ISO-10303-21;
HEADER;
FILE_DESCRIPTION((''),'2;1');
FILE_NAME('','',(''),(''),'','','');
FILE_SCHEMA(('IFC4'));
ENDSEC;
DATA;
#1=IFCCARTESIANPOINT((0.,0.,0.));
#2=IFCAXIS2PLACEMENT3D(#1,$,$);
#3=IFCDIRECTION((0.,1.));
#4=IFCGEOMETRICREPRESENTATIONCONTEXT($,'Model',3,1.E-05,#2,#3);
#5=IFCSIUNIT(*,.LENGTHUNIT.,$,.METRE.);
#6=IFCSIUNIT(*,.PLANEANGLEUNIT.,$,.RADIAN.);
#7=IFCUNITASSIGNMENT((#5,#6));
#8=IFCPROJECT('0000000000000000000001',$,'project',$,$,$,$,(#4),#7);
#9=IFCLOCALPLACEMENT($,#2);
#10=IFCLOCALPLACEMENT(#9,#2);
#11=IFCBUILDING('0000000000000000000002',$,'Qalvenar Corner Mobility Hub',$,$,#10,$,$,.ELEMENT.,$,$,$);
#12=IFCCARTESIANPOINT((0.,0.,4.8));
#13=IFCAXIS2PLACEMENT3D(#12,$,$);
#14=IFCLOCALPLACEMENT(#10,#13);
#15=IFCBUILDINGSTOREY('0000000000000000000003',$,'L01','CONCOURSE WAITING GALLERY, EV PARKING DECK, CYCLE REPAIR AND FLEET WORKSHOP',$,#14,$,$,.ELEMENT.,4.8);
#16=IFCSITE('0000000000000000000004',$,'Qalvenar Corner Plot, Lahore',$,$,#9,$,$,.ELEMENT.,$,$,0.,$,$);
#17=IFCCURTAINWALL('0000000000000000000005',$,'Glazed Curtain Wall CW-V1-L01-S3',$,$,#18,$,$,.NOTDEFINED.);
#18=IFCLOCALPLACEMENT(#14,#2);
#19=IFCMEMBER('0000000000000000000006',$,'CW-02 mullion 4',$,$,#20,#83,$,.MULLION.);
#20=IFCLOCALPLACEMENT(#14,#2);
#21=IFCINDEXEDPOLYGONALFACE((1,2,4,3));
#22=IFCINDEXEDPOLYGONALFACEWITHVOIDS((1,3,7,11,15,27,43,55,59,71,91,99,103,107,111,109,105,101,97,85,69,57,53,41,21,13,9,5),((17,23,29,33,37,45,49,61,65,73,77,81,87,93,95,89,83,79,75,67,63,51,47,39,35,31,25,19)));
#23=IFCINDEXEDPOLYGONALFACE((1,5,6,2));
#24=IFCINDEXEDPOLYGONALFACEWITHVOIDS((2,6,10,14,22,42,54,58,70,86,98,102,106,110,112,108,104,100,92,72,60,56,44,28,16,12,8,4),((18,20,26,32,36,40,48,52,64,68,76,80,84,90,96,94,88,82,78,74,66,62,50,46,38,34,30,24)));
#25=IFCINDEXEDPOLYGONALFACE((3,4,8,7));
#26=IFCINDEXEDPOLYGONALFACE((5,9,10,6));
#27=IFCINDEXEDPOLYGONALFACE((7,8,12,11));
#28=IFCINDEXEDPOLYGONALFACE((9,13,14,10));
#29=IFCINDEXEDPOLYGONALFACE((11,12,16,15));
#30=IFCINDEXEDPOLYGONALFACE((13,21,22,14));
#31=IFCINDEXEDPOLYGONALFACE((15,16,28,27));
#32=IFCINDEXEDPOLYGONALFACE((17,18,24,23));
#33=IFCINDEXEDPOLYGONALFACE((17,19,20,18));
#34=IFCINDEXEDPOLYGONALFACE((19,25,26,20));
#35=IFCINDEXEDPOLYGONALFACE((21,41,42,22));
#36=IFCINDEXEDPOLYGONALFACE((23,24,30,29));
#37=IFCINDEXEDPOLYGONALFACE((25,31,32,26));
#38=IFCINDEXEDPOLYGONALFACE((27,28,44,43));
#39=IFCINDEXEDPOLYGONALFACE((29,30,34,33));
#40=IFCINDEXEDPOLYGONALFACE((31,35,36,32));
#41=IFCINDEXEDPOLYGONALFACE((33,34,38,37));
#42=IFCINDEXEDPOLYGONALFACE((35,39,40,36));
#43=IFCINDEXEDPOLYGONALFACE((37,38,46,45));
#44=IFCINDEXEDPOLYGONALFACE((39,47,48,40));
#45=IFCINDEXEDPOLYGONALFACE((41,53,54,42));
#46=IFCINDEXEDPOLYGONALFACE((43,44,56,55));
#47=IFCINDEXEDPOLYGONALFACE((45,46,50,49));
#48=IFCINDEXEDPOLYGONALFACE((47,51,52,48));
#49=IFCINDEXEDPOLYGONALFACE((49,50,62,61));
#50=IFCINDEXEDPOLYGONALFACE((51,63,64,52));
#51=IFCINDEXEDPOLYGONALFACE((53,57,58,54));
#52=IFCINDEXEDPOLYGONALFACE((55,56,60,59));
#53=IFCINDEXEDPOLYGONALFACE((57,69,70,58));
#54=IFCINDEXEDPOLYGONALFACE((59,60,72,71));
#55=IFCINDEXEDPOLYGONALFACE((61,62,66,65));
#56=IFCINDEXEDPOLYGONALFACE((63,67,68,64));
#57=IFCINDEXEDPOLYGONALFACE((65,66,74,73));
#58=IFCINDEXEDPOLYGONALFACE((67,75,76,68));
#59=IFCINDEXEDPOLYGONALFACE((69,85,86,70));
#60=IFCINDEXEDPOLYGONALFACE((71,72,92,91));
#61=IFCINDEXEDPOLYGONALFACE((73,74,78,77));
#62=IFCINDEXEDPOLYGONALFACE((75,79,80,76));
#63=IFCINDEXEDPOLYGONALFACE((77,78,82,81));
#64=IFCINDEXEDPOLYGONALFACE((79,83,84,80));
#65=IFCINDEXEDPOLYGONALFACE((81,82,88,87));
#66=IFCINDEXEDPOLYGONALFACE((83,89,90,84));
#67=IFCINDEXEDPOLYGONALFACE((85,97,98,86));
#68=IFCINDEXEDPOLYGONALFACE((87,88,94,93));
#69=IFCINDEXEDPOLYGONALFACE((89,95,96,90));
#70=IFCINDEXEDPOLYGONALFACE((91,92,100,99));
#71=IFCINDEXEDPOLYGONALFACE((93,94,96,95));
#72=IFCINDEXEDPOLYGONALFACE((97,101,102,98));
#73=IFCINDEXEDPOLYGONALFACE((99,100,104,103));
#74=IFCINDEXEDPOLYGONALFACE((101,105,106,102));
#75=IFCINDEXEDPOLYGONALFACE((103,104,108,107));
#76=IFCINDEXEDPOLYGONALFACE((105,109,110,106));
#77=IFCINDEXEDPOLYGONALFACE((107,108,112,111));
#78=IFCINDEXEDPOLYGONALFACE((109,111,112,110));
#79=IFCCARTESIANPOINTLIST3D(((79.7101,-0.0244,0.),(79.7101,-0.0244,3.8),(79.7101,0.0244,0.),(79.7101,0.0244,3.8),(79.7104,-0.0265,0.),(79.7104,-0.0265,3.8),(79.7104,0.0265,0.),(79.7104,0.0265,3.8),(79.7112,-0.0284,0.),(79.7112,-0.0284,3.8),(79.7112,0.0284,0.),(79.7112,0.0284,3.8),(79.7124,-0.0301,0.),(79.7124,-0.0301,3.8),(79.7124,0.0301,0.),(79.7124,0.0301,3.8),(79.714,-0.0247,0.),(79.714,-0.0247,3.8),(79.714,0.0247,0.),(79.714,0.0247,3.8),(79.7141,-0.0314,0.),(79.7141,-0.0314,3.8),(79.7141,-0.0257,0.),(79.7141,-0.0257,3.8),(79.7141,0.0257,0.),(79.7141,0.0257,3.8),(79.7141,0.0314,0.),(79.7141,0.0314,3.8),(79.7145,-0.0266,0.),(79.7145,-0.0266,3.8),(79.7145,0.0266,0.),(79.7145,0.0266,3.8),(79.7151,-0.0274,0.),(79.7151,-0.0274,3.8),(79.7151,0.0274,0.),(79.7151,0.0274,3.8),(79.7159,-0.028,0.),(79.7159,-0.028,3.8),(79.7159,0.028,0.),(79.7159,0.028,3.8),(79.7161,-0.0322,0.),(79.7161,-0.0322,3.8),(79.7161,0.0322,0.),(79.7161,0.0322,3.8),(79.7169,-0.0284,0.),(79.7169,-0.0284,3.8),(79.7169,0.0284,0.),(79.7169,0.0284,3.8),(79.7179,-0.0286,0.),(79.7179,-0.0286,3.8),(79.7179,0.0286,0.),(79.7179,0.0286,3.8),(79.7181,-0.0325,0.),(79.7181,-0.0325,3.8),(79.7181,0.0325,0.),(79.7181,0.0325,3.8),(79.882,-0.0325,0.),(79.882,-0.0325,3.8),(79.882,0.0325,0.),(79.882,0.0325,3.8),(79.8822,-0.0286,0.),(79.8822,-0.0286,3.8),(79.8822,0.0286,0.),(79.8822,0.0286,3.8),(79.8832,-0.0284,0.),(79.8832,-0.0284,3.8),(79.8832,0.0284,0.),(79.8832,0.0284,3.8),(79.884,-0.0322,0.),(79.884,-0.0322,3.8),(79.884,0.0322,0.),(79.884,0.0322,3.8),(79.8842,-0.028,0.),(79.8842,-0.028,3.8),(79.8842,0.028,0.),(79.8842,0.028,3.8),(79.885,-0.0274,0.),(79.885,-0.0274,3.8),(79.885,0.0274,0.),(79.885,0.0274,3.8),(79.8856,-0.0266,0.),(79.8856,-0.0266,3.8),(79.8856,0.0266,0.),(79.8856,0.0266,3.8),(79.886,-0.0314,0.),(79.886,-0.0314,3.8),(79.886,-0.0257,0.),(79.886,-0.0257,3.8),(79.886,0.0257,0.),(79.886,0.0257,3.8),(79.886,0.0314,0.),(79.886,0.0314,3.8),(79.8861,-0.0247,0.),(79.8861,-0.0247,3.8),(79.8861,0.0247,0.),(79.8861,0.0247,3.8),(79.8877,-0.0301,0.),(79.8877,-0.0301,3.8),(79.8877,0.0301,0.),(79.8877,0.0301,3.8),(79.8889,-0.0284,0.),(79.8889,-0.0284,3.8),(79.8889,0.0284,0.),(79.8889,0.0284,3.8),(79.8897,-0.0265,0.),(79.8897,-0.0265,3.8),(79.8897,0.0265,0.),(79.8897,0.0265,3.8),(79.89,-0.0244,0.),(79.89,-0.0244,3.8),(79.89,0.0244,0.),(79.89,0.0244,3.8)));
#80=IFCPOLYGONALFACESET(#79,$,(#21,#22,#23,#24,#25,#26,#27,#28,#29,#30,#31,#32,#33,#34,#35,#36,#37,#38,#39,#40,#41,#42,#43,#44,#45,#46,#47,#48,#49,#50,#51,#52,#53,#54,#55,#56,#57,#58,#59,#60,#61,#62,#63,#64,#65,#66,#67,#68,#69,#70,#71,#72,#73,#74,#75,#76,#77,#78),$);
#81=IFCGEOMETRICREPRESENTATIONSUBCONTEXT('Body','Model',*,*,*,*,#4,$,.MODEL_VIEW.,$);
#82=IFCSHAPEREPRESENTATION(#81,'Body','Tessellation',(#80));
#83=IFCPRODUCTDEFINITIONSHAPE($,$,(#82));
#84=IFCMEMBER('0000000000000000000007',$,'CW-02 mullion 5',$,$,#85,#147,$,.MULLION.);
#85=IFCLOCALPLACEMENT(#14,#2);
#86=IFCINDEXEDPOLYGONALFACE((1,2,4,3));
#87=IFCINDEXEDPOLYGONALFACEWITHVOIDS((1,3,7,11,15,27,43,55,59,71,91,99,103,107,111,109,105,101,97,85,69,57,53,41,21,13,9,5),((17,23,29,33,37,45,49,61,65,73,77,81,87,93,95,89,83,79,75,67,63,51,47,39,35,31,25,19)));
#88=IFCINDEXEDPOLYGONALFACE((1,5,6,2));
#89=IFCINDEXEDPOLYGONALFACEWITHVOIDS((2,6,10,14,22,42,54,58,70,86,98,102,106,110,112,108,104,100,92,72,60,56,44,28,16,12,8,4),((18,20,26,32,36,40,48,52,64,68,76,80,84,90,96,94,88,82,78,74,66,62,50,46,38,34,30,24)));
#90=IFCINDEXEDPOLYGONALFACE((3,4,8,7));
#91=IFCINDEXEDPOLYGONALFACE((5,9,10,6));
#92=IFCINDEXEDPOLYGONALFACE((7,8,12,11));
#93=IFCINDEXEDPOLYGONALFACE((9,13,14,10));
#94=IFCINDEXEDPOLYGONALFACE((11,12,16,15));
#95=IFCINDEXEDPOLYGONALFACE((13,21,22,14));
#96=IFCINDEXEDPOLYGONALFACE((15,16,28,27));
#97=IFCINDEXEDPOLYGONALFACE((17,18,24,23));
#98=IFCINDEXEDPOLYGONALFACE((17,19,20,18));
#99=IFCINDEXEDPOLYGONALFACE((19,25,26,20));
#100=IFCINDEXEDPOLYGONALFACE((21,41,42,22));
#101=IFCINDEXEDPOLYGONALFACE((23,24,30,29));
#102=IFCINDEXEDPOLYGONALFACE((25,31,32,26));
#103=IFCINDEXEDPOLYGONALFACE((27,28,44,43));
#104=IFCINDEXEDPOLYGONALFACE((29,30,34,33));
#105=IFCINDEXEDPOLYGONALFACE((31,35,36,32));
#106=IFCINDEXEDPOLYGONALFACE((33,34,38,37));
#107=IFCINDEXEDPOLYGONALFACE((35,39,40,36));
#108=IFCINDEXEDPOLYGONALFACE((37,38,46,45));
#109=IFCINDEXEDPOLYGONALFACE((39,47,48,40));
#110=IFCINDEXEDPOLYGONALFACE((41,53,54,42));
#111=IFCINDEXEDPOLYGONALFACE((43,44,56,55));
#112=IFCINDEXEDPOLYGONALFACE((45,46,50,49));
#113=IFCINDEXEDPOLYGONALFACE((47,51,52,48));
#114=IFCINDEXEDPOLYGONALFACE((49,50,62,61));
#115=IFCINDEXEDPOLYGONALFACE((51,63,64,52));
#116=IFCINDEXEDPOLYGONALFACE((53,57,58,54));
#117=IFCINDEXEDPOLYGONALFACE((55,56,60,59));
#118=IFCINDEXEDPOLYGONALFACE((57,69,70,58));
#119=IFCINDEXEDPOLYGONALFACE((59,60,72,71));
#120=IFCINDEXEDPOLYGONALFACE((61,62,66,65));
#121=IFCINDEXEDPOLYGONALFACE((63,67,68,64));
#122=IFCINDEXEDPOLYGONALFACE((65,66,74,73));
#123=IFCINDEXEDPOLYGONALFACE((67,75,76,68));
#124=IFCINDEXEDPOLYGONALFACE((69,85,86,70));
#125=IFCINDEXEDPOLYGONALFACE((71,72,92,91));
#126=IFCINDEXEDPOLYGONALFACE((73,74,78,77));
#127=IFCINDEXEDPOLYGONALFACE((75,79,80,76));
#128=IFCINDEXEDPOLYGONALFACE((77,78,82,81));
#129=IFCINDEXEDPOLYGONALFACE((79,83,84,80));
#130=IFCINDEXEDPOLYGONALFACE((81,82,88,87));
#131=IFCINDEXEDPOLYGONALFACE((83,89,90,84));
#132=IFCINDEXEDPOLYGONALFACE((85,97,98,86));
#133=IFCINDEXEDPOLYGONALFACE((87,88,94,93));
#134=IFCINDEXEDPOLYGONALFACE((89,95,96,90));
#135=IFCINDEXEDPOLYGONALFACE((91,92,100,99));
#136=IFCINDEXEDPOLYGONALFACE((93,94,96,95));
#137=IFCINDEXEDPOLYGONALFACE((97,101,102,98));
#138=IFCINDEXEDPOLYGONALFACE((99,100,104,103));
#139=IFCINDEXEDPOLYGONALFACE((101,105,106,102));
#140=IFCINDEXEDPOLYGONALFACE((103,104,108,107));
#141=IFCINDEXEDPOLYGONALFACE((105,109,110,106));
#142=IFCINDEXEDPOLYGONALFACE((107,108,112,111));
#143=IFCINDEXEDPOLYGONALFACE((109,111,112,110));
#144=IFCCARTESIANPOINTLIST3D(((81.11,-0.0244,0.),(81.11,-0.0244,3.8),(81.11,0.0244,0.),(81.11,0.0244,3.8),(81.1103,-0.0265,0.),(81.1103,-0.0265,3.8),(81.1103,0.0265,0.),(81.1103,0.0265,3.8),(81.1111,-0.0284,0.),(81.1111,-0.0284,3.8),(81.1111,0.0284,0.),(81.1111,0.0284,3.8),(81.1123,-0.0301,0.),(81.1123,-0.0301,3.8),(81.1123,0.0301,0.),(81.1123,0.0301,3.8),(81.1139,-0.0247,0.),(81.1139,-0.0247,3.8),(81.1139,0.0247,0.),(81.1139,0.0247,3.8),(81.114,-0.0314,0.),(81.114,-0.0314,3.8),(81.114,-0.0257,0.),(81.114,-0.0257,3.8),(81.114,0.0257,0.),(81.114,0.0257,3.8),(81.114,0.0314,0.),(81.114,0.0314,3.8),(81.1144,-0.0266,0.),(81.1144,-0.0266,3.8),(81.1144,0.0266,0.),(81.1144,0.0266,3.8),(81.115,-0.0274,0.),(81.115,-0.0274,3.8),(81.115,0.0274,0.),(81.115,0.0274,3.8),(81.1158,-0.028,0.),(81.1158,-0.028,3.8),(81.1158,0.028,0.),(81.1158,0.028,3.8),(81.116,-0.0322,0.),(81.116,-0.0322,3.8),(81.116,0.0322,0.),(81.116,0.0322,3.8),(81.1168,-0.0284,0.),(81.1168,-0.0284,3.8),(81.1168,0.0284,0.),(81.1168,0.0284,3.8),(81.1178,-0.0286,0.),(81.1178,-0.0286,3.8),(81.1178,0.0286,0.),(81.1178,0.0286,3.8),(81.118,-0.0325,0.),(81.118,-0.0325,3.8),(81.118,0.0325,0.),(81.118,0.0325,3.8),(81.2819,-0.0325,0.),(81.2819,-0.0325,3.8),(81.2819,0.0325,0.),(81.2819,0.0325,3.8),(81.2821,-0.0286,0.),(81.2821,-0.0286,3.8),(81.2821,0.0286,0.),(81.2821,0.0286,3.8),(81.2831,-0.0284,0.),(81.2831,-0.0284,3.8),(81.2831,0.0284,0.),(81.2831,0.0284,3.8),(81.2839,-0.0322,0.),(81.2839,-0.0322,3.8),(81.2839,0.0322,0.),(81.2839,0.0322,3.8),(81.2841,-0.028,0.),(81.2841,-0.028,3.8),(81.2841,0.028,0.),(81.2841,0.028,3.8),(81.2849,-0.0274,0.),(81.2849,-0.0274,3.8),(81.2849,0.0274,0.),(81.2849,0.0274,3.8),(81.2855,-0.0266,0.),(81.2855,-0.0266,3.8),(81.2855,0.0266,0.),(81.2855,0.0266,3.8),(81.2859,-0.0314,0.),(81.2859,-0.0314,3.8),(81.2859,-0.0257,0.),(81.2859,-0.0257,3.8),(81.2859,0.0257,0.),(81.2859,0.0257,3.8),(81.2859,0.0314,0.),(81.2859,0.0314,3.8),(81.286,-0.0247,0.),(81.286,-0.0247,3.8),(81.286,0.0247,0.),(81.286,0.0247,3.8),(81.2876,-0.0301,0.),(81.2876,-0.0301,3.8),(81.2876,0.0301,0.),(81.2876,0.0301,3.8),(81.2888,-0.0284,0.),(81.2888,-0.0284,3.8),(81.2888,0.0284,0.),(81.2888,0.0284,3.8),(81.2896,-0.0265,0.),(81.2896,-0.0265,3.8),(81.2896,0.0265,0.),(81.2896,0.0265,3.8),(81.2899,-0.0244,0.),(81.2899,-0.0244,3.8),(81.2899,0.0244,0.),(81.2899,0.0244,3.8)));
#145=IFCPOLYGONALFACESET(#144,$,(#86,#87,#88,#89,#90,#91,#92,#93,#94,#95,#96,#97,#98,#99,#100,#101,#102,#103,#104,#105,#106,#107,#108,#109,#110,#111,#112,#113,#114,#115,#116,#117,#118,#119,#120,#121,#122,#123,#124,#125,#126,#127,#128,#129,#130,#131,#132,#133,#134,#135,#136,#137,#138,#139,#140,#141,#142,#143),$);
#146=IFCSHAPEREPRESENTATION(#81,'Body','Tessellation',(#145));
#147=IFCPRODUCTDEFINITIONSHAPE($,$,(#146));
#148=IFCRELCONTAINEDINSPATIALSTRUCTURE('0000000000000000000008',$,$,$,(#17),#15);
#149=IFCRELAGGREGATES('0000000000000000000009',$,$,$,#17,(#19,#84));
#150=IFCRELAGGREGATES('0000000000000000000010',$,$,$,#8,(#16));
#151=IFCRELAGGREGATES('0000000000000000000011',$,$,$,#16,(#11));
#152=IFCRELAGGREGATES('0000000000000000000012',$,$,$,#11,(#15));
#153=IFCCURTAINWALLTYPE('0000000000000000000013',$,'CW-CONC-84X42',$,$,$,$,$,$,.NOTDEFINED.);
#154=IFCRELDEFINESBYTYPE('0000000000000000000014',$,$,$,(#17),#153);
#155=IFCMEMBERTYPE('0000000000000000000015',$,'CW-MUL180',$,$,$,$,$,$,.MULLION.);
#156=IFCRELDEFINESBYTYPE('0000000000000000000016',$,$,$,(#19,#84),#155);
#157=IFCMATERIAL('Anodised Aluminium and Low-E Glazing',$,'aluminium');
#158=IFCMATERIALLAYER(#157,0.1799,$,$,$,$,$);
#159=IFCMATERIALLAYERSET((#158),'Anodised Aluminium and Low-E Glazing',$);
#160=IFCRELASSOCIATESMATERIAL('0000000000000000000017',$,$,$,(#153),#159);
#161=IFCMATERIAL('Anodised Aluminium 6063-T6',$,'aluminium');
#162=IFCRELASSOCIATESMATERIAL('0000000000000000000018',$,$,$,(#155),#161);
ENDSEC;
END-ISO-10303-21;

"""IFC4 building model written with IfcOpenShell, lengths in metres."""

from ifc_helpers import new_model, si_unit, direction, frame, origin, origin_2d, place, context, subcontext, project, spatial, hollow_rectangle, extrude, material, layer, layer_set, material_profile, profile_set, type_object, element, aggregate, save


model = new_model("IFC4")

# Units and contexts
model_context = context("Model", 3, precision=1e-05, world=origin(), true_north=direction((0.0, 1.0)))
body_context = subcontext(model_context, "Body", "Model", "MODEL_VIEW")
ifc_project = project(units=[si_unit("LENGTHUNIT", "METRE"), si_unit("PLANEANGLEUNIT", "RADIAN")], contexts=[model_context])

# Site, building, storey
site_placement = place(None, origin())
site = spatial("IfcSite", under=ifc_project, at=site_placement, Name="Qalvenar Corner Plot, Lahore", CompositionType="ELEMENT", RefElevation=0.0)
building_placement = place(site_placement, origin())
building = spatial("IfcBuilding", under=site, at=building_placement, Name="Qalvenar Corner Mobility Hub", CompositionType="ELEMENT")
storey_placement = place(building_placement, frame((0.0, 0.0, 4.8)))
storey = spatial("IfcBuildingStorey", under=building, at=storey_placement, Name="L01", Description="CONCOURSE WAITING GALLERY, EV PARKING DECK, CYCLE REPAIR AND FLEET WORKSHOP", CompositionType="ELEMENT", Elevation=4.8)

# Curtain wall, members
ifc_material_1 = material(Name="Anodised Aluminium and Low-E Glazing", Category="aluminium")
ifc_layer_1 = layer(ifc_material_1, 0.1799)
ifc_layer_set_1 = layer_set([ifc_layer_1], Name="Anodised Aluminium and Low-E Glazing")
curtain_wall_type = type_object("IfcCurtainWallType", Name="CW-CONC-84X42", PredefinedType="NOTDEFINED", material=ifc_layer_set_1)
curtain_wall_placement = place(storey_placement, origin())
curtain_wall = element("IfcCurtainWall", 1, at=curtain_wall_placement, inside=storey, type_object=curtain_wall_type, Name="Glazed Curtain Wall CW-V1-L01-S3", PredefinedType="NOTDEFINED")
ifc_material_2 = material(Name="Anodised Aluminium 6063-T6", Category="aluminium")
ifc_material_profile_1 = material_profile(ifc_material_2, hollow_rectangle(XDim=0.0649, YDim=0.1799, WallThickness=0.0039, InnerFilletRadius=0.0039, OuterFilletRadius=0.0081, at=origin_2d()), Name="RHS180x65x4")
ifc_profile_set_1 = profile_set([ifc_material_profile_1], Name="Anodised Aluminium 6063-T6")
member_type_1 = type_object("IfcMemberType", Name="CW-MUL180", PredefinedType="MULLION", material=ifc_profile_set_1)
member_1_placement = place(storey_placement, frame((79.8, 0.0, 0.0), z_axis=(0.0, 0.0, 1.0), x_axis=(0.0, 1.0, 0.0)))
member_1 = element("IfcMember", 2, at=member_1_placement, type_object=member_type_1, Name="CW-02 mullion 4", PredefinedType="MULLION", context=body_context, shape_type="SweptSolid", body=[
    extrude(hollow_rectangle(XDim=0.0649, YDim=0.1799, WallThickness=0.0039, InnerFilletRadius=0.0039, OuterFilletRadius=0.0081, at=origin_2d()), origin(), (0.0, 0.0, 1.0), 3.8),
])
member_2_placement = place(storey_placement, frame((81.2, 0.0, 0.0), z_axis=(0.0, 0.0, 1.0), x_axis=(0.0, 1.0, 0.0)))
member_2 = element("IfcMember", 3, at=member_2_placement, type_object=member_type_1, Name="CW-02 mullion 5", PredefinedType="MULLION", context=body_context, shape_type="SweptSolid", body=[
    extrude(hollow_rectangle(XDim=0.0649, YDim=0.1799, WallThickness=0.0039, InnerFilletRadius=0.0039, OuterFilletRadius=0.0081, at=origin_2d()), origin(), (0.0, 0.0, 1.0), 3.8),
])
aggregate(curtain_wall, [member_1, member_2])

save(model, "model.ifc")
